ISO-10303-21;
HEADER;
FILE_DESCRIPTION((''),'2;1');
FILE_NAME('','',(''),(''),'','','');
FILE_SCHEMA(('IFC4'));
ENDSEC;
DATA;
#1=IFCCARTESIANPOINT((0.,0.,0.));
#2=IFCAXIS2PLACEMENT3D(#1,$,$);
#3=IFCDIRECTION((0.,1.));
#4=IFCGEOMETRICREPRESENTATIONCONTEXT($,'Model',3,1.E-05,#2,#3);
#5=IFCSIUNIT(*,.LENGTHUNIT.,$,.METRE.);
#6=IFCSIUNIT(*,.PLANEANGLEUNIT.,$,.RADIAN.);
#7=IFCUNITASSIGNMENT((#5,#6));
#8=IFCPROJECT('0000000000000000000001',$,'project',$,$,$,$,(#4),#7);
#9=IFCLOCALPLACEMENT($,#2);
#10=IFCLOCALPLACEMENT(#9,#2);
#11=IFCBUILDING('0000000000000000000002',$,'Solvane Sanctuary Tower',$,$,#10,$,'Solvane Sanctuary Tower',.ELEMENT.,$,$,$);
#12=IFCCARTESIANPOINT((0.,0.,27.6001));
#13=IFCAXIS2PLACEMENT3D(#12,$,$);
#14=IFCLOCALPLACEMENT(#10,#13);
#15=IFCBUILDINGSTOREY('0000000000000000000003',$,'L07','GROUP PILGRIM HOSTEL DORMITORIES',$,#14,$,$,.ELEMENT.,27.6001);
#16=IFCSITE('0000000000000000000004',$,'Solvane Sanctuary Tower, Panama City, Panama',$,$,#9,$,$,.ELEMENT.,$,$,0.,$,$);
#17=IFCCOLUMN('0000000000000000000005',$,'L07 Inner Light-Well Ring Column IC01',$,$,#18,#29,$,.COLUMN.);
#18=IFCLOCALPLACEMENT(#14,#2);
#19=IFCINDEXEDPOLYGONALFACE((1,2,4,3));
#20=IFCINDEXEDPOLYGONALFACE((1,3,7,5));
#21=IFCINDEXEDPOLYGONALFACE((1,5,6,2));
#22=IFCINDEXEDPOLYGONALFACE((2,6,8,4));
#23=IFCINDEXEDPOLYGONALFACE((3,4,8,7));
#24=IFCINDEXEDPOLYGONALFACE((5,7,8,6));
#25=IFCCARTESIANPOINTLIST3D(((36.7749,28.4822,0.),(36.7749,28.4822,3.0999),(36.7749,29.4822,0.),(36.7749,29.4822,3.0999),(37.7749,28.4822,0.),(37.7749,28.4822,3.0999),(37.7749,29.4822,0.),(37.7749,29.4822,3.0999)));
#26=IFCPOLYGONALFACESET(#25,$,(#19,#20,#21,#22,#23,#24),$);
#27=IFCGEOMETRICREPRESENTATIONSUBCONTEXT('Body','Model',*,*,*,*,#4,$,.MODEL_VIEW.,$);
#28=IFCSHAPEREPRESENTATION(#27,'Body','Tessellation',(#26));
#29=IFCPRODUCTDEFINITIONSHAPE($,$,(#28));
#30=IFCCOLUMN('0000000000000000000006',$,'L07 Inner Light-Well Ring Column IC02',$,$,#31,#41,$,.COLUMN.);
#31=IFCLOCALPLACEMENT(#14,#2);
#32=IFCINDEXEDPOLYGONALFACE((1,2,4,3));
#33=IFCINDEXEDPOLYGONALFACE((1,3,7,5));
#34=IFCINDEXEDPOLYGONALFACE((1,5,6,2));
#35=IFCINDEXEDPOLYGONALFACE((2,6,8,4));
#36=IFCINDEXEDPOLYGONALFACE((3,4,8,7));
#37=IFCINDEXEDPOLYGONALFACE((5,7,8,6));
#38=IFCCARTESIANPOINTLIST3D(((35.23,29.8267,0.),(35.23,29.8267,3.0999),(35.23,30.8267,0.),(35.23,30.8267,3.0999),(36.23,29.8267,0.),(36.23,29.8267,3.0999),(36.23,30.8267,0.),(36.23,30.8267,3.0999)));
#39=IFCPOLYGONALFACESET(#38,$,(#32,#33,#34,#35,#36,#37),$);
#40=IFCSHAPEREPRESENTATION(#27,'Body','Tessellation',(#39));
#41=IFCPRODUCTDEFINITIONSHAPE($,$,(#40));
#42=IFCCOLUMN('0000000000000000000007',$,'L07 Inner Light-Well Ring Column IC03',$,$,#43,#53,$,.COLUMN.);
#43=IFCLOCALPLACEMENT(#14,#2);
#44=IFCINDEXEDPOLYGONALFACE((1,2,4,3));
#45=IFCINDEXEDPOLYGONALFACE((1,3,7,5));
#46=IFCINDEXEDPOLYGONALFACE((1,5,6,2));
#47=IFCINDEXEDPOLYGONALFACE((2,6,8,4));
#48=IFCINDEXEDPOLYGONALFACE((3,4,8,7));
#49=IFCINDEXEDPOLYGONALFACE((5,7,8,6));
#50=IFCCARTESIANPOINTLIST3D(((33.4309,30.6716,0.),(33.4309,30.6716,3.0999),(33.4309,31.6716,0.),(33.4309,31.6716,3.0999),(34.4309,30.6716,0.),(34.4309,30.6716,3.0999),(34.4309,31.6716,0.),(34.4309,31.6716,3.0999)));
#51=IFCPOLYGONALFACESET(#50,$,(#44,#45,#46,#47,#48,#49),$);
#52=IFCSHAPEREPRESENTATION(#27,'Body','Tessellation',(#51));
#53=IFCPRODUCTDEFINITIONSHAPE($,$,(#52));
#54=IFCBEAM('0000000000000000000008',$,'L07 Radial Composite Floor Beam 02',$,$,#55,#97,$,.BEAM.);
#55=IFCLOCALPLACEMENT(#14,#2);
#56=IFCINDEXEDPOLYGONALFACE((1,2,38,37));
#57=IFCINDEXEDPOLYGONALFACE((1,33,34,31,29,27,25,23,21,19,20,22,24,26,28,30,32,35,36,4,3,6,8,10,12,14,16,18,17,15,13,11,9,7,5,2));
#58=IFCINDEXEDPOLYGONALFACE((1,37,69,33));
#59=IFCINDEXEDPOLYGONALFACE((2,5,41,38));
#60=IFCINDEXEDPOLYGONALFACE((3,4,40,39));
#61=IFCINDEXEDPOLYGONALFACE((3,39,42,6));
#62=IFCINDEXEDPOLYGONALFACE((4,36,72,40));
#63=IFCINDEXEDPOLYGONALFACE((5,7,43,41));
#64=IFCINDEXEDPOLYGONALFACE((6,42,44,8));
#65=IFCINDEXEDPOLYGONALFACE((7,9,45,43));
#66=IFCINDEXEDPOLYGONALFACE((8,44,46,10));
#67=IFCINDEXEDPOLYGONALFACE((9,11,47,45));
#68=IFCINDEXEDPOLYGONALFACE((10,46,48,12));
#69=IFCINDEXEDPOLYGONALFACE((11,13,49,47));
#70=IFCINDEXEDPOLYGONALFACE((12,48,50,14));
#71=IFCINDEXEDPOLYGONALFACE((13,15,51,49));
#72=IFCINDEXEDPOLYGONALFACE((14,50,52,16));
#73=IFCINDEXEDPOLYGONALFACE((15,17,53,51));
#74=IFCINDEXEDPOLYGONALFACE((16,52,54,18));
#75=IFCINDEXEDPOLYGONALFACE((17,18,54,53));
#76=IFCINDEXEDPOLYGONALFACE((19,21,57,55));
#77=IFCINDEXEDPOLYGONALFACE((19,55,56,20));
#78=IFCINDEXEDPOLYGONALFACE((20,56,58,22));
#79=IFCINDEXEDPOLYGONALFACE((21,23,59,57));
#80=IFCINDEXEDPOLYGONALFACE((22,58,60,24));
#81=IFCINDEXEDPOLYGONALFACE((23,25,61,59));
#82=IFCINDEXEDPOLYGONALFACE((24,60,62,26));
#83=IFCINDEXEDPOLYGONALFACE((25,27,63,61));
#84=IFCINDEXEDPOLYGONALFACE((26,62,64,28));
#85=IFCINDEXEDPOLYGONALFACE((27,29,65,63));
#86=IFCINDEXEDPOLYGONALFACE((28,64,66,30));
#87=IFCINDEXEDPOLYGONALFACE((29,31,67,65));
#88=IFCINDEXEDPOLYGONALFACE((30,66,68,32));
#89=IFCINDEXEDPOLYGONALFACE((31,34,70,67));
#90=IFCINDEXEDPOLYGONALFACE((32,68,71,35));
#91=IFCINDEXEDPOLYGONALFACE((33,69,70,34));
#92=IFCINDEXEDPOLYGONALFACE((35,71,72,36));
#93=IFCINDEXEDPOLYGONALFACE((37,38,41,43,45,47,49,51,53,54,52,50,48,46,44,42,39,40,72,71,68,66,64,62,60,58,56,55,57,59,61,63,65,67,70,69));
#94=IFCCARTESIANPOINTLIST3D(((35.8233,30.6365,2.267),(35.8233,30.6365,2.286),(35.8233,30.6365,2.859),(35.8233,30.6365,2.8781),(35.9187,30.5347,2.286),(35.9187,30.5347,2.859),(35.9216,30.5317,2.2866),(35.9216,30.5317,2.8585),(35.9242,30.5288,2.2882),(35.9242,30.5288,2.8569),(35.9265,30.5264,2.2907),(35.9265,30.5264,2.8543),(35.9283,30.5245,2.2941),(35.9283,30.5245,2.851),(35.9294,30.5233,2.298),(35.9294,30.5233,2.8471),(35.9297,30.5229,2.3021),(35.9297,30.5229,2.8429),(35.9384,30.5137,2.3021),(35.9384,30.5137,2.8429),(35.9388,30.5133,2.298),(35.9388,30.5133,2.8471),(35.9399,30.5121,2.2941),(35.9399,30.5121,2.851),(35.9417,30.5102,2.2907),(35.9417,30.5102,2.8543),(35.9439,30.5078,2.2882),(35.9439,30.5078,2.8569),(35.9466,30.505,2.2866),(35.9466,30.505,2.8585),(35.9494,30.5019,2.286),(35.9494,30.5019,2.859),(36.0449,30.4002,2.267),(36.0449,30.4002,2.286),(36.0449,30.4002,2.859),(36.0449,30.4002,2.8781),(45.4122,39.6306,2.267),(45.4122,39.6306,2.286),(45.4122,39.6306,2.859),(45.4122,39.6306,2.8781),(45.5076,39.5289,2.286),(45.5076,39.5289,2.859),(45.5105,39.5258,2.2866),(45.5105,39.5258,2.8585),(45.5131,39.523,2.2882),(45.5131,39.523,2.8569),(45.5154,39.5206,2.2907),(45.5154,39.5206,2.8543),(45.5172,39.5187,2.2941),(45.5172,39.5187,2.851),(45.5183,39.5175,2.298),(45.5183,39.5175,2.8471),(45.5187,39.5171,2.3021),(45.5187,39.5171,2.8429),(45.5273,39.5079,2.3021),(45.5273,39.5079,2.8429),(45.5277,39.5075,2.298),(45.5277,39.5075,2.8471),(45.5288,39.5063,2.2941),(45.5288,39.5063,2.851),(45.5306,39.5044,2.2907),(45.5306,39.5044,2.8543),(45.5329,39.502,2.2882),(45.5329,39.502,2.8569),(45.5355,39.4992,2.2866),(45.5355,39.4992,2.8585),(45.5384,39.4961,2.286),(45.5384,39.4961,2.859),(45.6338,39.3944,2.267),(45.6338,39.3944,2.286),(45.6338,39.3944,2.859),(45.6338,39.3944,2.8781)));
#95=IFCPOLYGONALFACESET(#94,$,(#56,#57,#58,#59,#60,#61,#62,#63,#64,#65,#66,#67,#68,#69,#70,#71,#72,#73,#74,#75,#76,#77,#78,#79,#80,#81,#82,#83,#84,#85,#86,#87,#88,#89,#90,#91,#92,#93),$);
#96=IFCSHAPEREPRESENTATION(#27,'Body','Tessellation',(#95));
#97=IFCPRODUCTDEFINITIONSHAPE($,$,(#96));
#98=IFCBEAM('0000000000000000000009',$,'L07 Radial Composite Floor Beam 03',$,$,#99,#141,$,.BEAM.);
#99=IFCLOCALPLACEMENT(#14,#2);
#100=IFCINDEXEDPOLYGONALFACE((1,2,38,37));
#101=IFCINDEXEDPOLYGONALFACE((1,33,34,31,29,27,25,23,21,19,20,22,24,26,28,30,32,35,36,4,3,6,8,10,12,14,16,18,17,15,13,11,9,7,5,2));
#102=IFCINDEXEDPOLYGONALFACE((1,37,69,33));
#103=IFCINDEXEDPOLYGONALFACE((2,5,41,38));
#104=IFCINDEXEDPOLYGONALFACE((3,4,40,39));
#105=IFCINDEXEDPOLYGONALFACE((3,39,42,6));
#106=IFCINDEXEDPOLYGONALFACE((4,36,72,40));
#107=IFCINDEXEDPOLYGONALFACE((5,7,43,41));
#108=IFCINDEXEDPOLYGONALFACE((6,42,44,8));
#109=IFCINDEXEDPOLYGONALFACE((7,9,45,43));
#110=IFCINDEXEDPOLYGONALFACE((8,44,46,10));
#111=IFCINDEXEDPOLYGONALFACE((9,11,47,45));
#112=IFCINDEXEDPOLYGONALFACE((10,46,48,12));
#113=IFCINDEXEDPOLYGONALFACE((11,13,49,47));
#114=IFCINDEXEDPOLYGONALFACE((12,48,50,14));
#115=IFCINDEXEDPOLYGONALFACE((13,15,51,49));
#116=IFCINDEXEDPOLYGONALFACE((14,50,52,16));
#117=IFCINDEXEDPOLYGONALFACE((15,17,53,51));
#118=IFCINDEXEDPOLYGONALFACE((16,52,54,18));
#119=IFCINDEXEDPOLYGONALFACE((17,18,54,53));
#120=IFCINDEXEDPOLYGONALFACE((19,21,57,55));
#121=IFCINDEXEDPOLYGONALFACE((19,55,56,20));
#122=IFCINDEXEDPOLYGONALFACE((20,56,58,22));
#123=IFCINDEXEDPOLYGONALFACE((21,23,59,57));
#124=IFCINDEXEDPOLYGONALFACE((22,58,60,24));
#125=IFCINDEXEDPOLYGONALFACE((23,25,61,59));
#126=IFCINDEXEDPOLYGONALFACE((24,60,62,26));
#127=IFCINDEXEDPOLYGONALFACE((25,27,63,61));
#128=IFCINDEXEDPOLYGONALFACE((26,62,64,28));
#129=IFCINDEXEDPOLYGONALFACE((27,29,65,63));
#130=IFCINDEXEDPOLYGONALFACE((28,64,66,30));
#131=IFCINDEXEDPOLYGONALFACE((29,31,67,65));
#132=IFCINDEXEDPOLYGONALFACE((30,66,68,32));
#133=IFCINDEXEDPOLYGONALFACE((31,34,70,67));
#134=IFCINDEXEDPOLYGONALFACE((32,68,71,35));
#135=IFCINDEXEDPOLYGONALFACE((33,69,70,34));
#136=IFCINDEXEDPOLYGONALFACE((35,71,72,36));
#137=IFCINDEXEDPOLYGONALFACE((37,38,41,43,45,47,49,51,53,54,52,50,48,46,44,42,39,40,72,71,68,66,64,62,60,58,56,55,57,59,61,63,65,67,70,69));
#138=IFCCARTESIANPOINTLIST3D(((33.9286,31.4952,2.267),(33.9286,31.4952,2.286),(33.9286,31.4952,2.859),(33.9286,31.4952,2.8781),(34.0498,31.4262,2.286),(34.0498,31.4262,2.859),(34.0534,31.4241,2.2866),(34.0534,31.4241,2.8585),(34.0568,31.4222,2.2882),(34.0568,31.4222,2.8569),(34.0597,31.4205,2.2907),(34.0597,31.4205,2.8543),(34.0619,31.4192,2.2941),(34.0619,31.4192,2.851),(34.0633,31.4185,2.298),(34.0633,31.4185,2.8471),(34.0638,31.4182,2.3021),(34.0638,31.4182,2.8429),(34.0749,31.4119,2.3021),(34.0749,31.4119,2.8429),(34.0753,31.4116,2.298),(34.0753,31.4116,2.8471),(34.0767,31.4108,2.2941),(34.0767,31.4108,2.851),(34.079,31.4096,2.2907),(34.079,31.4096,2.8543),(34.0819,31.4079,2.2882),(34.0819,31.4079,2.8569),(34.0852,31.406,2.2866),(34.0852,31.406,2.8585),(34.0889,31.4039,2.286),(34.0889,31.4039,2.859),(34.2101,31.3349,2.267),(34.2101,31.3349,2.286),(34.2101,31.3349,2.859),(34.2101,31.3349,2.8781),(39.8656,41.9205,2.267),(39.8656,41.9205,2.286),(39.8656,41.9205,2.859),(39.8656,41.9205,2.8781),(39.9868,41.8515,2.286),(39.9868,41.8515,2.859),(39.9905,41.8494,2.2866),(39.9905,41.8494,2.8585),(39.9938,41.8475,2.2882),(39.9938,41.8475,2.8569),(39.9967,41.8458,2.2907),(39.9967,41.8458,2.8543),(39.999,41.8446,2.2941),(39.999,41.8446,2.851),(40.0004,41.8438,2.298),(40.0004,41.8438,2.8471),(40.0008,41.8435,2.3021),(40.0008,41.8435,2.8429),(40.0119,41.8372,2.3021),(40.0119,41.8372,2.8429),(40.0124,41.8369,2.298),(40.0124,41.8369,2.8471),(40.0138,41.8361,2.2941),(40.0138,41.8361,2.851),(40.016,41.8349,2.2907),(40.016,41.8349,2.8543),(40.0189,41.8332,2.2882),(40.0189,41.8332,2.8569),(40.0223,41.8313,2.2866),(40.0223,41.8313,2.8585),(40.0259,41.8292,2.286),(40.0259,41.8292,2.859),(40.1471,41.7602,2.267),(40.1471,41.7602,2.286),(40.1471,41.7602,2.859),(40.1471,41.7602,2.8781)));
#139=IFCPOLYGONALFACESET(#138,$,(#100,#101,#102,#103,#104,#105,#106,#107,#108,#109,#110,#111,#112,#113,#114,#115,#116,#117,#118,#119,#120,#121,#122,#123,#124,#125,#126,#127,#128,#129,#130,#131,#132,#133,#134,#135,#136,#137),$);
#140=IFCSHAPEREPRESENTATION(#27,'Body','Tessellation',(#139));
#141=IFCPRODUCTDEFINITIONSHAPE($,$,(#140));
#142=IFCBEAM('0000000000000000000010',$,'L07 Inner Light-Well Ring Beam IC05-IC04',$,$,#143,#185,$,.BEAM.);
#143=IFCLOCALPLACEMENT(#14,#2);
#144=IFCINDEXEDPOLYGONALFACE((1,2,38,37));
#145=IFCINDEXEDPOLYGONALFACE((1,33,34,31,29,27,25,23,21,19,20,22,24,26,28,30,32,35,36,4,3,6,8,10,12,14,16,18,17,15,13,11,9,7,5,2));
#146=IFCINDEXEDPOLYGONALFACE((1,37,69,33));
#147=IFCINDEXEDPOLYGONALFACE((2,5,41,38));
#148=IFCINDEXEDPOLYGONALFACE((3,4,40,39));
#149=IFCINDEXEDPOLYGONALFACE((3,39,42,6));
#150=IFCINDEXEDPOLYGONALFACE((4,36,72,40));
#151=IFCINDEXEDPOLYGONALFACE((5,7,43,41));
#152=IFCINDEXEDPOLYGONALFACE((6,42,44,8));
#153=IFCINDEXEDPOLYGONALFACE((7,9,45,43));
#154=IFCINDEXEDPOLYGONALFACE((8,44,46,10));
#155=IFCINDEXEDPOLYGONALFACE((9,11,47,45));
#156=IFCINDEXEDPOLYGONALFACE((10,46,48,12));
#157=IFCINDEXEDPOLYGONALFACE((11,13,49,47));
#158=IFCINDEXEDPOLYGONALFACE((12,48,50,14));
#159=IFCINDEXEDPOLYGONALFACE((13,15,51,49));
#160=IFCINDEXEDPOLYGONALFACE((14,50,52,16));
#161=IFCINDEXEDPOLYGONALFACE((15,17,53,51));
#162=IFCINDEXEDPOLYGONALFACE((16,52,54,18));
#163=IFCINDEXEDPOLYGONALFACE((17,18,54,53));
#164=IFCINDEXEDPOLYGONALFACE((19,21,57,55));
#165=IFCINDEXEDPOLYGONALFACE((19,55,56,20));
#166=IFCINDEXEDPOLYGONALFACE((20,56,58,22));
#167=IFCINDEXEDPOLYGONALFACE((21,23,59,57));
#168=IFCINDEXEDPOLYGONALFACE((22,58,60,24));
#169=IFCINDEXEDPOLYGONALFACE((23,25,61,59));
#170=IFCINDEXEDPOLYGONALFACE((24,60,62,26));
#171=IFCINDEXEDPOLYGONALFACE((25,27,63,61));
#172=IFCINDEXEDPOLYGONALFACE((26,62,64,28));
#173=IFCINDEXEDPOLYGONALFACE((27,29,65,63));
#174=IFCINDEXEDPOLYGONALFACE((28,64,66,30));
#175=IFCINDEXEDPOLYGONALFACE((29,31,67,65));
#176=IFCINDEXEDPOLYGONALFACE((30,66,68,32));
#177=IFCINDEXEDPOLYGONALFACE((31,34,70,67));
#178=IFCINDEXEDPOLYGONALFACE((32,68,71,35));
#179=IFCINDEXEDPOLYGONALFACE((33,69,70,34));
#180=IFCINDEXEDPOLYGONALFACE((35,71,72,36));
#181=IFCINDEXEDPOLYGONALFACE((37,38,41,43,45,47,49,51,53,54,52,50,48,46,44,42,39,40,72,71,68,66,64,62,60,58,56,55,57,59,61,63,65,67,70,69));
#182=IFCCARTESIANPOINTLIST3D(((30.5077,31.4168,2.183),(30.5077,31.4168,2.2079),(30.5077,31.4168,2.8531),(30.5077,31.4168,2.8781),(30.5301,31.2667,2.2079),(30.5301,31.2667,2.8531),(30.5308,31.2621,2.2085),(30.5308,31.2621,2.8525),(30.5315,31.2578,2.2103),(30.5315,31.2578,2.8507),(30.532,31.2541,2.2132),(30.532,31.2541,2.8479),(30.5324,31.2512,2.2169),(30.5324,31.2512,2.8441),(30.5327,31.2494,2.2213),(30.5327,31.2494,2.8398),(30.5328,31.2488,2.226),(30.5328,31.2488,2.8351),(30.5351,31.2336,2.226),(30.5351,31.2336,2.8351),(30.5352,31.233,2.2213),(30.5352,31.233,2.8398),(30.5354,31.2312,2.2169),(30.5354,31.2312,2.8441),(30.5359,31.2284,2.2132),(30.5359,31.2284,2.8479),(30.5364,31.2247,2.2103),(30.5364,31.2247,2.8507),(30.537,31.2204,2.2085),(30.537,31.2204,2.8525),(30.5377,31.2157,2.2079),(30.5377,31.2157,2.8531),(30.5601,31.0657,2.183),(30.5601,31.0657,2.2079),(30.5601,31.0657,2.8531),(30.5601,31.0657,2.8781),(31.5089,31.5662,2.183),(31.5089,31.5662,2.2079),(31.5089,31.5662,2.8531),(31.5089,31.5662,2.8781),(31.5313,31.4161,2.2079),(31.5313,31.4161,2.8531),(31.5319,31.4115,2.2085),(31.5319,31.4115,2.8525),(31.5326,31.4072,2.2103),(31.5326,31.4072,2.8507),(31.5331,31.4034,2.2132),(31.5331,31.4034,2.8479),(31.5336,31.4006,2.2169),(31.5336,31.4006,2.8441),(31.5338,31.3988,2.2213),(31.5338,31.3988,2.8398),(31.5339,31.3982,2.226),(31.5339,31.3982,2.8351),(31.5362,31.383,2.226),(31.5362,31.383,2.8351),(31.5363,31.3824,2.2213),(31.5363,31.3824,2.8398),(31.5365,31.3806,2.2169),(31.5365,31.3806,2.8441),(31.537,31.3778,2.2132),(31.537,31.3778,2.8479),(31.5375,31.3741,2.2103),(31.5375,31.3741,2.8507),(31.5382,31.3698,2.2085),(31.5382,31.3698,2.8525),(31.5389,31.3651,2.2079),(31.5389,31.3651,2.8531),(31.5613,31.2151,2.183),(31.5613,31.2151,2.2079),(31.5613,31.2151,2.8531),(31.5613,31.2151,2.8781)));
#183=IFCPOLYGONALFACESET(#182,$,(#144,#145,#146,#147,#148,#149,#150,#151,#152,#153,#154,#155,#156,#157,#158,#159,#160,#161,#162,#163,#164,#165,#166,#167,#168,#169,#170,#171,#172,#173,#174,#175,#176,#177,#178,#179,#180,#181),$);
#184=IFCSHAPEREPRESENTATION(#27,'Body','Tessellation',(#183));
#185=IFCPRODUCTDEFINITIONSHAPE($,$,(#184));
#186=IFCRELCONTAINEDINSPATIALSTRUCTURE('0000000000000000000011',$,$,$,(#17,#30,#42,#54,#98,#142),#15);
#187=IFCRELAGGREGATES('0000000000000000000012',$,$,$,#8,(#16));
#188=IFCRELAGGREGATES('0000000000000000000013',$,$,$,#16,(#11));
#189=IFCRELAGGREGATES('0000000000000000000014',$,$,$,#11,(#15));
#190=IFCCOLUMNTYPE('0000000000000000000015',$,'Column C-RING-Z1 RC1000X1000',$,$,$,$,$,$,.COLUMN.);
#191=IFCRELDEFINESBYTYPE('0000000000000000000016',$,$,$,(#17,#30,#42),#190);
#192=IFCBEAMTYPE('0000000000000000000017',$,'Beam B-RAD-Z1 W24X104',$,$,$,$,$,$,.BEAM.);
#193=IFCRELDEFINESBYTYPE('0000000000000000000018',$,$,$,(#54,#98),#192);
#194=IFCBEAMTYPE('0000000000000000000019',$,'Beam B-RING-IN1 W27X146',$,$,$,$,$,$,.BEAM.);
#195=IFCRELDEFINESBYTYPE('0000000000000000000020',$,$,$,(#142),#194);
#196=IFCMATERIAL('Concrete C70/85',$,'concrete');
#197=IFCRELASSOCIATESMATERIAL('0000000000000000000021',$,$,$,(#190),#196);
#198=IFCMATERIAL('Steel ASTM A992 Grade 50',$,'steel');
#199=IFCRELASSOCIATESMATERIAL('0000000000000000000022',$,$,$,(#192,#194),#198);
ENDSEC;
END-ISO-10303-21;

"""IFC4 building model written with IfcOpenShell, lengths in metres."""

from ifc_helpers import new_model, si_unit, direction, frame, origin, origin_2d, place, context, subcontext, project, spatial, rectangle, i_section, extrude, material, material_profile, profile_set, type_object, element, save


model = new_model("IFC4")

# Units and contexts
model_context = context("Model", 3, precision=1e-05, world=origin(), true_north=direction((0.0, 1.0)))
body_context = subcontext(model_context, "Body", "Model", "MODEL_VIEW")
ifc_project = project(units=[si_unit("LENGTHUNIT", "METRE"), si_unit("PLANEANGLEUNIT", "RADIAN")], contexts=[model_context])

# Site, building, storey
site_placement = place(None, origin())
site = spatial("IfcSite", under=ifc_project, at=site_placement, Name="Solvane Sanctuary Tower, Panama City, Panama", CompositionType="ELEMENT", RefElevation=0.0)
building_placement = place(site_placement, origin())
building = spatial("IfcBuilding", under=site, at=building_placement, Name="Solvane Sanctuary Tower", LongName="Solvane Sanctuary Tower", CompositionType="ELEMENT")
storey_placement = place(building_placement, frame((0.0, 0.0, 27.6001)))
storey = spatial("IfcBuildingStorey", under=building, at=storey_placement, Name="L07", Description="GROUP PILGRIM HOSTEL DORMITORIES", CompositionType="ELEMENT", Elevation=27.6001)

# Columns
ifc_material_1 = material(Name="Concrete C70/85", Category="concrete")
ifc_material_profile_1 = material_profile(ifc_material_1, rectangle(XDim=1.0, YDim=1.0, at=origin_2d()), Name="RC1000X1000")
ifc_profile_set_1 = profile_set([ifc_material_profile_1], Name="Concrete C70/85")
column_type = type_object("IfcColumnType", Name="Column C-RING-Z1 RC1000X1000", PredefinedType="COLUMN", material=ifc_profile_set_1)
for number, where, z_axis, x_axis, name in (
    (1, (37.2749, 28.9822, 0.0), (0.0, 0.0, 1.0), (1.0, 0.0, 0.0), "L07 Inner Light-Well Ring Column IC01"),
    (2, (35.73, 30.3267, 0.0), (0.0, 0.0, 1.0), (1.0, 0.0, 0.0), "L07 Inner Light-Well Ring Column IC02"),
    (3, (33.9309, 31.1716, 0.0), (0.0, 0.0, 1.0), (1.0, 0.0, 0.0), "L07 Inner Light-Well Ring Column IC03"),
):
    element("IfcColumn", number, at=place(storey_placement, frame(where, z_axis=z_axis, x_axis=x_axis)), inside=storey, type_object=column_type, Name=name, PredefinedType="COLUMN", context=body_context, shape_type="SweptSolid", body=[
        extrude(rectangle(XDim=1.0, YDim=1.0, at=origin_2d()), origin(), (0.0, 0.0, 1.0), 3.0999),
    ])

# Beams
ifc_material_2 = material(Name="Steel ASTM A992 Grade 50", Category="steel")
ifc_material_profile_2 = material_profile(ifc_material_2, i_section(OverallWidth=0.324, OverallDepth=0.6111, WebThickness=0.0127, FlangeThickness=0.019, FilletRadius=0.0161, at=origin_2d()), Name="W24X104")
ifc_profile_set_2 = profile_set([ifc_material_profile_2], Name="Steel ASTM A992 Grade 50")
beam_type_1 = type_object("IfcBeamType", Name="Beam B-RAD-Z1 W24X104", PredefinedType="BEAM", material=ifc_profile_set_2)
beam_1_placement = place(storey_placement, frame((35.9341, 30.5183, 2.5725), z_axis=(0.729363, 0.684126, 0.0), x_axis=(-0.684126, 0.729363, 0.0)))
element("IfcBeam", 4, at=beam_1_placement, inside=storey, type_object=beam_type_1, Name="L07 Radial Composite Floor Beam 02", PredefinedType="BEAM", context=body_context, shape_type="SweptSolid", body=[
    extrude(i_section(OverallWidth=0.324, OverallDepth=0.6111, WebThickness=0.0127, FlangeThickness=0.019, FilletRadius=0.0161, at=origin_2d()), origin(), (0.0, 0.0, 1.0), 13.147),
])
beam_2_placement = place(storey_placement, frame((34.0693, 31.415, 2.5725), z_axis=(0.494863, 0.868971, 0.0), x_axis=(-0.868971, 0.494863, 0.0)))
element("IfcBeam", 5, at=beam_2_placement, inside=storey, type_object=beam_type_1, Name="L07 Radial Composite Floor Beam 03", PredefinedType="BEAM", context=body_context, shape_type="SweptSolid", body=[
    extrude(i_section(OverallWidth=0.324, OverallDepth=0.6111, WebThickness=0.0127, FlangeThickness=0.019, FilletRadius=0.0161, at=origin_2d()), origin(), (0.0, 0.0, 1.0), 11.9973),
])
ifc_material_profile_3 = material_profile(ifc_material_2, i_section(OverallWidth=0.355, OverallDepth=0.6951, WebThickness=0.0154, FlangeThickness=0.0249, FilletRadius=0.0181, at=origin_2d()), Name="W27X146")
ifc_profile_set_3 = profile_set([ifc_material_profile_3], Name="Steel ASTM A992 Grade 50")
beam_type_2 = type_object("IfcBeamType", Name="Beam B-RING-IN1 W27X146", PredefinedType="BEAM", material=ifc_profile_set_3)
for number, where, z_axis, x_axis, name in (
    (6, (30.5339, 31.2412, 2.5305), (0.989048, 0.147597, 0.0), (-0.147597, 0.989048, 0.0), "L07 Inner Light-Well Ring Beam IC05-IC04"),
):
    element("IfcBeam", number, at=place(storey_placement, frame(where, z_axis=z_axis, x_axis=x_axis)), inside=storey, type_object=beam_type_2, Name=name, PredefinedType="BEAM", context=body_context, shape_type="SweptSolid", body=[
        extrude(i_section(OverallWidth=0.355, OverallDepth=0.6951, WebThickness=0.0154, FlangeThickness=0.0249, FilletRadius=0.0181, at=origin_2d()), origin(), (0.0, 0.0, 1.0), 1.0122),
    ])

save(model, "model.ifc")
